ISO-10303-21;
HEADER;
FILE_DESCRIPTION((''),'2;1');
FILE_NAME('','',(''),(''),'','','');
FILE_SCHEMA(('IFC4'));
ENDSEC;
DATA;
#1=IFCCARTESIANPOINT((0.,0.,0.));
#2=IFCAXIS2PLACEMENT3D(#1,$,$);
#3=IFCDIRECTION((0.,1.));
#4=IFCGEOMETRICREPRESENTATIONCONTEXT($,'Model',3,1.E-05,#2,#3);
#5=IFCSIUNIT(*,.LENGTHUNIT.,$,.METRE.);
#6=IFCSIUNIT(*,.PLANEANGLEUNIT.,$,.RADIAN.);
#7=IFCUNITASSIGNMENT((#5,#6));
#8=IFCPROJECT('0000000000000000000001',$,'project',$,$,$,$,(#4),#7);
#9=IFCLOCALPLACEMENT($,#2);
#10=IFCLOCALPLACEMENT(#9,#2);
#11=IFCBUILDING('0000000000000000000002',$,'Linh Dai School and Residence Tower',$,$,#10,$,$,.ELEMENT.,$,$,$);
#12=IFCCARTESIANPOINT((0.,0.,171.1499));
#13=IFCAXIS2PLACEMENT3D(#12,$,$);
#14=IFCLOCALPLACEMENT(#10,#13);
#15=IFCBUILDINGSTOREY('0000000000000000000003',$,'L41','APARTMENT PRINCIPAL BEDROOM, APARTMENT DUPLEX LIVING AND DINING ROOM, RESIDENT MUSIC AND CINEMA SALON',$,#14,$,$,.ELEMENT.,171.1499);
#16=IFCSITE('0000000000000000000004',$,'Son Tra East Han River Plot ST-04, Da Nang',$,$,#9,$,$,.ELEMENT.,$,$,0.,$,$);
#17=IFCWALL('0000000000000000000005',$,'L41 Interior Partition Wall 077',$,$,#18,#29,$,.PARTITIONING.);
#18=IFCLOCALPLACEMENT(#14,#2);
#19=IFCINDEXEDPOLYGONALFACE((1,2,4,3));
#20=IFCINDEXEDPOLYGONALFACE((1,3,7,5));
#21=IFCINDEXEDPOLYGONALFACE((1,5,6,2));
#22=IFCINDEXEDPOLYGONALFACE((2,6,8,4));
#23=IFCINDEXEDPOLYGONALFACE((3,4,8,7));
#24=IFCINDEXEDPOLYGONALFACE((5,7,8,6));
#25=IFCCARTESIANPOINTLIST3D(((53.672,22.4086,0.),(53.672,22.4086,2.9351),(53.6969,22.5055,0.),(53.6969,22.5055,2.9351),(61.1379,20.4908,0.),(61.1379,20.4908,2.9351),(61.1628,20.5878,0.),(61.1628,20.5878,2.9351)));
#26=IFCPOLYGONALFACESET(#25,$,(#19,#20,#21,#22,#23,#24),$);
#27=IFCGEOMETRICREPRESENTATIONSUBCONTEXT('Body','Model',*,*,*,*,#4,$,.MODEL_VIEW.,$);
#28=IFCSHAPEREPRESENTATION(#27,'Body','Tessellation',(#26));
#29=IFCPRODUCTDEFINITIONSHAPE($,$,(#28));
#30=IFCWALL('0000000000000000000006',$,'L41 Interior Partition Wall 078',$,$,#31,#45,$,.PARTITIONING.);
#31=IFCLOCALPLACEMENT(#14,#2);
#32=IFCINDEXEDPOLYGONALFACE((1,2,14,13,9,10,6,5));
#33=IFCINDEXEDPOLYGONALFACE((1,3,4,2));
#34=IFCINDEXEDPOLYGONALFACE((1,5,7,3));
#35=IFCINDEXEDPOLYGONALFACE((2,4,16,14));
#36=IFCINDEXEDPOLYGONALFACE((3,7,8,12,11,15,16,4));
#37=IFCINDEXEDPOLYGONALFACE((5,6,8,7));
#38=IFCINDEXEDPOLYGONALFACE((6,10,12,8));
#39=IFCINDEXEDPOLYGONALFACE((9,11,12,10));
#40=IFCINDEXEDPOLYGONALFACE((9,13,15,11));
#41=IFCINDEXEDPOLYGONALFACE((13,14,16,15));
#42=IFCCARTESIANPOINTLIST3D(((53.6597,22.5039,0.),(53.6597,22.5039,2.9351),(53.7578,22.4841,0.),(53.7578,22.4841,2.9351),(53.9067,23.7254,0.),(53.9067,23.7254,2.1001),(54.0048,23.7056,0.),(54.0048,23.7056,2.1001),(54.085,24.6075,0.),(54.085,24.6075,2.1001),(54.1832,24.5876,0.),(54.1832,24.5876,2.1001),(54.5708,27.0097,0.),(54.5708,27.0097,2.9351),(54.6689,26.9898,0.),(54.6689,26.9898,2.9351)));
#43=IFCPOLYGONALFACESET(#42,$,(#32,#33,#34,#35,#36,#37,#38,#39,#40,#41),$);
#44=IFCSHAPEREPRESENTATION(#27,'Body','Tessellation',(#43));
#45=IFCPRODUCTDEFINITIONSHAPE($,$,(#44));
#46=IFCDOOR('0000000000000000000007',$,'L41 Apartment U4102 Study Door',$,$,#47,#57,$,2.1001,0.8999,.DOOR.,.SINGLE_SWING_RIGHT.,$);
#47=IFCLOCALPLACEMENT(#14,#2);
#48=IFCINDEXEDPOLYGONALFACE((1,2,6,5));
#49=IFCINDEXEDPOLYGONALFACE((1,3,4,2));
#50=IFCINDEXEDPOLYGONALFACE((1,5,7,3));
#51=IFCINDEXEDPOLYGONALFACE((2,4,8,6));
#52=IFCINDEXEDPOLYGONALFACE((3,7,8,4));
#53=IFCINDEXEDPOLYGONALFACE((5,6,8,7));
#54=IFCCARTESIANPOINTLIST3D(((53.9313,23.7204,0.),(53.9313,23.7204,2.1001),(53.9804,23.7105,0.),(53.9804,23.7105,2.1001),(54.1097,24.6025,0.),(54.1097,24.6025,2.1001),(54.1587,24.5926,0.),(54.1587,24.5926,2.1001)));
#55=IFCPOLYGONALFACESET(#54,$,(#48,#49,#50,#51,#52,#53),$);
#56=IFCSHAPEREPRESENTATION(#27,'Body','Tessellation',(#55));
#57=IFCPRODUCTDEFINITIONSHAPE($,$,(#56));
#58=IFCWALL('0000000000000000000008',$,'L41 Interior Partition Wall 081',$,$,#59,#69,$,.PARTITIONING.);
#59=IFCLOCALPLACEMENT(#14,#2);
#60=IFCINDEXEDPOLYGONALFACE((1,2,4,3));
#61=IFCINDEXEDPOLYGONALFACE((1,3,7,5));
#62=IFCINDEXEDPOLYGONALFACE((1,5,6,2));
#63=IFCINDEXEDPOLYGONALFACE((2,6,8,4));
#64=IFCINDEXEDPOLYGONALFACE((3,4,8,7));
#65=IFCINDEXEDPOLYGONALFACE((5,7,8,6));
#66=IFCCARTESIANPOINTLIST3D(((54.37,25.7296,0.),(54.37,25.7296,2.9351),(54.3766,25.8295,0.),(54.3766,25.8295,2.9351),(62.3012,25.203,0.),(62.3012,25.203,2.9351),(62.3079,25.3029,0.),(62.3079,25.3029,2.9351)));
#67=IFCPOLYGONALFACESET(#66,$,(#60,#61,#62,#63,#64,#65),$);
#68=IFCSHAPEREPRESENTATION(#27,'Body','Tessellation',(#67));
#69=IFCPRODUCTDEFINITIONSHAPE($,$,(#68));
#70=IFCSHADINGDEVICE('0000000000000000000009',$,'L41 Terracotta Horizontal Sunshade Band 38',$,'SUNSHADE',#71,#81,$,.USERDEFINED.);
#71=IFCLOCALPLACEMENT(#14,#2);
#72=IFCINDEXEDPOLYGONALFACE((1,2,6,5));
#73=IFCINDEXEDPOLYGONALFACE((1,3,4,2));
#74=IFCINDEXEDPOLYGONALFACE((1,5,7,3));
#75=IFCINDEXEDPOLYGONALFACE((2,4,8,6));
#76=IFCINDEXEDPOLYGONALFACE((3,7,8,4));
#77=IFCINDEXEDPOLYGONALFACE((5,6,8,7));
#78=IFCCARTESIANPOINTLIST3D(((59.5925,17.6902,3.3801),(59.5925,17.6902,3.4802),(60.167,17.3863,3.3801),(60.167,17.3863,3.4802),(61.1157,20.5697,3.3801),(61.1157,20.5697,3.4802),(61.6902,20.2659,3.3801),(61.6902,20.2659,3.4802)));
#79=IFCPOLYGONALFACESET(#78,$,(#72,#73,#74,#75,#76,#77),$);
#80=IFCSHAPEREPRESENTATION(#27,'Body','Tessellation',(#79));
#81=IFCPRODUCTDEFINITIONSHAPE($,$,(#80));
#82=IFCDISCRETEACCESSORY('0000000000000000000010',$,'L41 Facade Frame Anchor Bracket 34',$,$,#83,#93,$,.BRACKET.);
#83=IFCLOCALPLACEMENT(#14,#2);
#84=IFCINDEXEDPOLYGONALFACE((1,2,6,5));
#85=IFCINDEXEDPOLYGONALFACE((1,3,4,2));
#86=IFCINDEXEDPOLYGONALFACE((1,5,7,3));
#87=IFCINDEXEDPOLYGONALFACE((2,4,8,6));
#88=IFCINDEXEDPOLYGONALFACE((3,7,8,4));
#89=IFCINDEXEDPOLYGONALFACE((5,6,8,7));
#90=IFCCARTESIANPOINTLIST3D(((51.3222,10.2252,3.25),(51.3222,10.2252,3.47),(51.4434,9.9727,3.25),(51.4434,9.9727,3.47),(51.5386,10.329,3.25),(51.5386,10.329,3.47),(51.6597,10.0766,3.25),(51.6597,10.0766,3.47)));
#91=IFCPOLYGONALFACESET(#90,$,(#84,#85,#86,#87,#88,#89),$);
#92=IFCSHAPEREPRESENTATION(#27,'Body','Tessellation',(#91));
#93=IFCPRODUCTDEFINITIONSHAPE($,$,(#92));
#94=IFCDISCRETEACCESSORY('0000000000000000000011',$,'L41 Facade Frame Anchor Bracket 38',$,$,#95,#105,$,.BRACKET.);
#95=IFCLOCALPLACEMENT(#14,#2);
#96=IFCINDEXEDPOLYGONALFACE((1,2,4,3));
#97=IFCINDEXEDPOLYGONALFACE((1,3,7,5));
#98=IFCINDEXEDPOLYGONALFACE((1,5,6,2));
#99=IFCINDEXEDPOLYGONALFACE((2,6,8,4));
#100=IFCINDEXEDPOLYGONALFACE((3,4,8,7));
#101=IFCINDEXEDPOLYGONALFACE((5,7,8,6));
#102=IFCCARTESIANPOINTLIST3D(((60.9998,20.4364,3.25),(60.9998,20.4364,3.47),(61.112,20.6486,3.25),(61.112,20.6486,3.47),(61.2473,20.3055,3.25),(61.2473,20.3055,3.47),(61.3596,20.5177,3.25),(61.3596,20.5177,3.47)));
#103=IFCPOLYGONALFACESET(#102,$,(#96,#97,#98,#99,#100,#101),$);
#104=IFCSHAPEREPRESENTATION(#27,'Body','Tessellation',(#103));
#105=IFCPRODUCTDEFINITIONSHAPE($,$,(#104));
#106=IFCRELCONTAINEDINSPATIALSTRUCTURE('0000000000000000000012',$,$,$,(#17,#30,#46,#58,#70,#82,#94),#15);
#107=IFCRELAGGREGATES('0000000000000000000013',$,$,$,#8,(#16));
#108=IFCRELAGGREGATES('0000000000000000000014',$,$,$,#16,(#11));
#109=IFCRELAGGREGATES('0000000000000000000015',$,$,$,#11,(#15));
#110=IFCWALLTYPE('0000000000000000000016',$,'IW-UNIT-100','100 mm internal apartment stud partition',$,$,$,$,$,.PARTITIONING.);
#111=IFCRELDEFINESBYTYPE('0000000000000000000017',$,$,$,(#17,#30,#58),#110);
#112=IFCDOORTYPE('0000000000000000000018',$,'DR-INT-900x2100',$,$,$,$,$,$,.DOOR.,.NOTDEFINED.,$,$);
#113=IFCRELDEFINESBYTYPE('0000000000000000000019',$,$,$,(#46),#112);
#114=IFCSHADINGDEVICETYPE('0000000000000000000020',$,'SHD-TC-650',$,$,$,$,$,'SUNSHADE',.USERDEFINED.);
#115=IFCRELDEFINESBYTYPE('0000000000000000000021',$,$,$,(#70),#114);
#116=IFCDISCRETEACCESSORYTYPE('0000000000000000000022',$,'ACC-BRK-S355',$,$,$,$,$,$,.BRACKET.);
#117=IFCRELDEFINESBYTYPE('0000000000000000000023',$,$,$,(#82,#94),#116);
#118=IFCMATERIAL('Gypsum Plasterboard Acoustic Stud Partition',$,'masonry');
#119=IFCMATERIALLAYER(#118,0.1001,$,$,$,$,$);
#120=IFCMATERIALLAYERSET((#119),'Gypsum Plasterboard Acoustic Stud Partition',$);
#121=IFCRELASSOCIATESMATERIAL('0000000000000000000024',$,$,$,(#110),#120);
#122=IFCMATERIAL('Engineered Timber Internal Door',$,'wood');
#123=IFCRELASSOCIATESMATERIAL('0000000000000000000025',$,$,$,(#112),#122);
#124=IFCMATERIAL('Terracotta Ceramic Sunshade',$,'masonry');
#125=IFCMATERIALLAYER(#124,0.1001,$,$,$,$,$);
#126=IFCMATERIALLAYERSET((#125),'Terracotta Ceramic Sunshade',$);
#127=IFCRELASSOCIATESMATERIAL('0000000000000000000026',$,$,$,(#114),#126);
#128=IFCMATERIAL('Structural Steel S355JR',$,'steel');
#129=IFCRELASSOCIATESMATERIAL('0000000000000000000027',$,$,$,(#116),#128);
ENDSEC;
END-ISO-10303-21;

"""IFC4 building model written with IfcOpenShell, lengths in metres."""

from ifc_helpers import new_model, si_unit, direction, frame, frame_2d, origin, origin_2d, place, context, subcontext, project, spatial, rectangle, extrude, source, transform, mapped, material, layer, layer_set, type_object, element, fill, save


model = new_model("IFC4")

# Units and contexts
model_context = context("Model", 3, precision=1e-05, world=origin(), true_north=direction((0.0, 1.0)))
body_context = subcontext(model_context, "Body", "Model", "MODEL_VIEW")
ifc_project = project(units=[si_unit("LENGTHUNIT", "METRE"), si_unit("PLANEANGLEUNIT", "RADIAN")], contexts=[model_context])

# Site, building, storey
site_placement = place(None, origin())
site = spatial("IfcSite", under=ifc_project, at=site_placement, Name="Son Tra East Han River Plot ST-04, Da Nang", CompositionType="ELEMENT", RefElevation=0.0)
building_placement = place(site_placement, origin())
building = spatial("IfcBuilding", under=site, at=building_placement, Name="Linh Dai School and Residence Tower", CompositionType="ELEMENT")
storey_placement = place(building_placement, frame((0.0, 0.0, 171.1499)))
storey = spatial("IfcBuildingStorey", under=building, at=storey_placement, Name="L41", Description="APARTMENT PRINCIPAL BEDROOM, APARTMENT DUPLEX LIVING AND DINING ROOM, RESIDENT MUSIC AND CINEMA SALON", CompositionType="ELEMENT", Elevation=171.1499)

# Shared definitions
ifc_material_1 = material(Name="Structural Steel S355JR", Category="steel")

# Shared definitions
ifc_material_2 = material(Name="Gypsum Plasterboard Acoustic Stud Partition", Category="masonry")
ifc_layer_1 = layer(ifc_material_2, 0.1001)
ifc_layer_set_1 = layer_set([ifc_layer_1], Name="Gypsum Plasterboard Acoustic Stud Partition")
wall_type_1 = type_object("IfcWallType", Name="IW-UNIT-100", Description="100 mm internal apartment stud partition", PredefinedType="PARTITIONING", material=ifc_layer_set_1)

# Shared definitions
ifc_material_3 = material(Name="Engineered Timber Internal Door", Category="wood")
door_type = type_object("IfcDoorType", Name="DR-INT-900x2100", OperationType="NOTDEFINED", PredefinedType="DOOR", material=ifc_material_3)
shared_shape_1 = source(origin(), body_context, "Body", "SweptSolid", [
    extrude(rectangle(XDim=0.8999, YDim=2.1001, at=origin_2d()), frame((0.45, 0.0249, 1.05), z_axis=(0.0, -1.0, 0.0), x_axis=(1.0, 0.0, 0.0)), (0.0, 0.0, 1.0), 0.05),
])

# Wall
wall_1_placement = place(storey_placement, frame((53.6846, 22.457, 0.0), z_axis=(0.0, 0.0, 1.0), x_axis=(0.968557, -0.248791, 0.0)))
element("IfcWall", 1, at=wall_1_placement, inside=storey, type_object=wall_type_1, Name="L41 Interior Partition Wall 077", PredefinedType="PARTITIONING", context=body_context, shape_type="SweptSolid", body=[
    extrude(rectangle(XDim=7.7083, YDim=0.1001, at=frame_2d((3.854, 0.0))), origin(), (0.0, 0.0, 1.0), 2.9351),
])

# Wall, opening, door
wall_2_placement = place(storey_placement, frame((53.7087, 22.4941, 0.0), z_axis=(0.0, 0.0, 1.0), x_axis=(0.198209, 0.98016, 0.0)))
wall_2 = element("IfcWall", 2, at=wall_2_placement, inside=storey, type_object=wall_type_1, Name="L41 Interior Partition Wall 078", PredefinedType="PARTITIONING", context=body_context, shape_type="SweptSolid", body=[
    extrude(rectangle(XDim=4.5969, YDim=0.1001, at=frame_2d((2.2983, 0.0))), origin(), (0.0, 0.0, 1.0), 2.9351),
])
opening_1_placement = place(wall_2_placement, frame((1.2461, 0.0, 0.0)))
opening_1 = element("IfcOpeningElement", 3, at=opening_1_placement, cuts=wall_2, PredefinedType="OPENING", context=body_context, shape_type="SweptSolid", body=[
    extrude(rectangle(XDim=0.8999, YDim=2.1001, at=origin_2d()), frame((0.45, 0.0601, 1.05), z_axis=(0.0, -1.0, 0.0), x_axis=(1.0, 0.0, 0.0)), (0.0, 0.0, 1.0), 0.1201),
])
door_1_placement = place(opening_1_placement, origin())
door_1 = element("IfcDoor", 4, at=door_1_placement, inside=storey, type_object=door_type, Name="L41 Apartment U4102 Study Door", OperationType="SINGLE_SWING_RIGHT", OverallHeight=2.1001, OverallWidth=0.8999, PredefinedType="DOOR", context=body_context, shape_type="MappedRepresentation", body=[
    mapped(shared_shape_1, transform((0.0, 0.0, 0.0), x_axis=(1.0, 0.0, 0.0), y_axis=(0.0, 1.0, 0.0), z_axis=(0.0, 0.0, 1.0), scale=1.0)),
])
fill(opening_1, door_1)

# Wall
wall_3_placement = place(storey_placement, frame((54.3733, 25.7795, 0.0), z_axis=(0.0, 0.0, 1.0), x_axis=(0.997803, -0.066252, 0.0)))
element("IfcWall", 5, at=wall_3_placement, inside=storey, type_object=wall_type_1, Name="L41 Interior Partition Wall 081", PredefinedType="PARTITIONING", context=body_context, shape_type="SweptSolid", body=[
    extrude(rectangle(XDim=7.9487, YDim=0.1001, at=frame_2d((3.9744, 0.0))), origin(), (0.0, 0.0, 1.0), 2.9351),
])

# Shading device
ifc_material_4 = material(Name="Terracotta Ceramic Sunshade", Category="masonry")
ifc_layer_2 = layer(ifc_material_4, 0.1001)
ifc_layer_set_2 = layer_set([ifc_layer_2], Name="Terracotta Ceramic Sunshade")
shading_device_type = type_object("IfcShadingDeviceType", Name="SHD-TC-650", ElementType="SUNSHADE", PredefinedType="USERDEFINED", material=ifc_layer_set_2)
shared_shape_2 = source(origin(), body_context, "Body", "SweptSolid", [
    extrude(rectangle(XDim=3.2576, YDim=0.6499, at=origin_2d()), origin(), (0.0, 0.0, 1.0), 0.1001),
])
shading_device_placement = place(storey_placement, frame((60.6414, 18.978, 3.3801), z_axis=(0.0, 0.0, 1.0), x_axis=(-0.46758, -0.883951, 0.0)))
element("IfcShadingDevice", 6, at=shading_device_placement, inside=storey, type_object=shading_device_type, Name="L41 Terracotta Horizontal Sunshade Band 38", ObjectType="SUNSHADE", PredefinedType="USERDEFINED", context=body_context, shape_type="MappedRepresentation", body=[
    mapped(shared_shape_2, transform((0.0, 0.0, 0.0), x_axis=(1.0, 0.0, 0.0), y_axis=(0.0, 1.0, 0.0), z_axis=(0.0, 0.0, 1.0), scale=1.0)),
])

# Discrete accessories
discrete_accessory_type = type_object("IfcDiscreteAccessoryType", Name="ACC-BRK-S355", PredefinedType="BRACKET", material=ifc_material_1)
shared_shape_3 = source(origin(), body_context, "Body", "SweptSolid", [
    extrude(rectangle(XDim=0.28, YDim=0.24, at=origin_2d()), origin(), (0.0, 0.0, 1.0), 0.22),
])
for number, where, z_axis, x_axis, name in (
    (7, (51.491, 10.1509, 3.25), (0.0, 0.0, 1.0), (0.432635, -0.901569, 0.0), "L41 Facade Frame Anchor Bracket 34"),
    (8, (61.1797, 20.4771, 3.25), (0.0, 0.0, 1.0), (0.883951, -0.46758, 0.0), "L41 Facade Frame Anchor Bracket 38"),
):
    element("IfcDiscreteAccessory", number, at=place(storey_placement, frame(where, z_axis=z_axis, x_axis=x_axis)), inside=storey, type_object=discrete_accessory_type, Name=name, PredefinedType="BRACKET", context=body_context, shape_type="MappedRepresentation", body=[
        mapped(shared_shape_3, transform((0.0, 0.0, 0.0), x_axis=(1.0, 0.0, 0.0), y_axis=(0.0, 1.0, 0.0), z_axis=(0.0, 0.0, 1.0), scale=1.0)),
    ])

save(model, "model.ifc")
